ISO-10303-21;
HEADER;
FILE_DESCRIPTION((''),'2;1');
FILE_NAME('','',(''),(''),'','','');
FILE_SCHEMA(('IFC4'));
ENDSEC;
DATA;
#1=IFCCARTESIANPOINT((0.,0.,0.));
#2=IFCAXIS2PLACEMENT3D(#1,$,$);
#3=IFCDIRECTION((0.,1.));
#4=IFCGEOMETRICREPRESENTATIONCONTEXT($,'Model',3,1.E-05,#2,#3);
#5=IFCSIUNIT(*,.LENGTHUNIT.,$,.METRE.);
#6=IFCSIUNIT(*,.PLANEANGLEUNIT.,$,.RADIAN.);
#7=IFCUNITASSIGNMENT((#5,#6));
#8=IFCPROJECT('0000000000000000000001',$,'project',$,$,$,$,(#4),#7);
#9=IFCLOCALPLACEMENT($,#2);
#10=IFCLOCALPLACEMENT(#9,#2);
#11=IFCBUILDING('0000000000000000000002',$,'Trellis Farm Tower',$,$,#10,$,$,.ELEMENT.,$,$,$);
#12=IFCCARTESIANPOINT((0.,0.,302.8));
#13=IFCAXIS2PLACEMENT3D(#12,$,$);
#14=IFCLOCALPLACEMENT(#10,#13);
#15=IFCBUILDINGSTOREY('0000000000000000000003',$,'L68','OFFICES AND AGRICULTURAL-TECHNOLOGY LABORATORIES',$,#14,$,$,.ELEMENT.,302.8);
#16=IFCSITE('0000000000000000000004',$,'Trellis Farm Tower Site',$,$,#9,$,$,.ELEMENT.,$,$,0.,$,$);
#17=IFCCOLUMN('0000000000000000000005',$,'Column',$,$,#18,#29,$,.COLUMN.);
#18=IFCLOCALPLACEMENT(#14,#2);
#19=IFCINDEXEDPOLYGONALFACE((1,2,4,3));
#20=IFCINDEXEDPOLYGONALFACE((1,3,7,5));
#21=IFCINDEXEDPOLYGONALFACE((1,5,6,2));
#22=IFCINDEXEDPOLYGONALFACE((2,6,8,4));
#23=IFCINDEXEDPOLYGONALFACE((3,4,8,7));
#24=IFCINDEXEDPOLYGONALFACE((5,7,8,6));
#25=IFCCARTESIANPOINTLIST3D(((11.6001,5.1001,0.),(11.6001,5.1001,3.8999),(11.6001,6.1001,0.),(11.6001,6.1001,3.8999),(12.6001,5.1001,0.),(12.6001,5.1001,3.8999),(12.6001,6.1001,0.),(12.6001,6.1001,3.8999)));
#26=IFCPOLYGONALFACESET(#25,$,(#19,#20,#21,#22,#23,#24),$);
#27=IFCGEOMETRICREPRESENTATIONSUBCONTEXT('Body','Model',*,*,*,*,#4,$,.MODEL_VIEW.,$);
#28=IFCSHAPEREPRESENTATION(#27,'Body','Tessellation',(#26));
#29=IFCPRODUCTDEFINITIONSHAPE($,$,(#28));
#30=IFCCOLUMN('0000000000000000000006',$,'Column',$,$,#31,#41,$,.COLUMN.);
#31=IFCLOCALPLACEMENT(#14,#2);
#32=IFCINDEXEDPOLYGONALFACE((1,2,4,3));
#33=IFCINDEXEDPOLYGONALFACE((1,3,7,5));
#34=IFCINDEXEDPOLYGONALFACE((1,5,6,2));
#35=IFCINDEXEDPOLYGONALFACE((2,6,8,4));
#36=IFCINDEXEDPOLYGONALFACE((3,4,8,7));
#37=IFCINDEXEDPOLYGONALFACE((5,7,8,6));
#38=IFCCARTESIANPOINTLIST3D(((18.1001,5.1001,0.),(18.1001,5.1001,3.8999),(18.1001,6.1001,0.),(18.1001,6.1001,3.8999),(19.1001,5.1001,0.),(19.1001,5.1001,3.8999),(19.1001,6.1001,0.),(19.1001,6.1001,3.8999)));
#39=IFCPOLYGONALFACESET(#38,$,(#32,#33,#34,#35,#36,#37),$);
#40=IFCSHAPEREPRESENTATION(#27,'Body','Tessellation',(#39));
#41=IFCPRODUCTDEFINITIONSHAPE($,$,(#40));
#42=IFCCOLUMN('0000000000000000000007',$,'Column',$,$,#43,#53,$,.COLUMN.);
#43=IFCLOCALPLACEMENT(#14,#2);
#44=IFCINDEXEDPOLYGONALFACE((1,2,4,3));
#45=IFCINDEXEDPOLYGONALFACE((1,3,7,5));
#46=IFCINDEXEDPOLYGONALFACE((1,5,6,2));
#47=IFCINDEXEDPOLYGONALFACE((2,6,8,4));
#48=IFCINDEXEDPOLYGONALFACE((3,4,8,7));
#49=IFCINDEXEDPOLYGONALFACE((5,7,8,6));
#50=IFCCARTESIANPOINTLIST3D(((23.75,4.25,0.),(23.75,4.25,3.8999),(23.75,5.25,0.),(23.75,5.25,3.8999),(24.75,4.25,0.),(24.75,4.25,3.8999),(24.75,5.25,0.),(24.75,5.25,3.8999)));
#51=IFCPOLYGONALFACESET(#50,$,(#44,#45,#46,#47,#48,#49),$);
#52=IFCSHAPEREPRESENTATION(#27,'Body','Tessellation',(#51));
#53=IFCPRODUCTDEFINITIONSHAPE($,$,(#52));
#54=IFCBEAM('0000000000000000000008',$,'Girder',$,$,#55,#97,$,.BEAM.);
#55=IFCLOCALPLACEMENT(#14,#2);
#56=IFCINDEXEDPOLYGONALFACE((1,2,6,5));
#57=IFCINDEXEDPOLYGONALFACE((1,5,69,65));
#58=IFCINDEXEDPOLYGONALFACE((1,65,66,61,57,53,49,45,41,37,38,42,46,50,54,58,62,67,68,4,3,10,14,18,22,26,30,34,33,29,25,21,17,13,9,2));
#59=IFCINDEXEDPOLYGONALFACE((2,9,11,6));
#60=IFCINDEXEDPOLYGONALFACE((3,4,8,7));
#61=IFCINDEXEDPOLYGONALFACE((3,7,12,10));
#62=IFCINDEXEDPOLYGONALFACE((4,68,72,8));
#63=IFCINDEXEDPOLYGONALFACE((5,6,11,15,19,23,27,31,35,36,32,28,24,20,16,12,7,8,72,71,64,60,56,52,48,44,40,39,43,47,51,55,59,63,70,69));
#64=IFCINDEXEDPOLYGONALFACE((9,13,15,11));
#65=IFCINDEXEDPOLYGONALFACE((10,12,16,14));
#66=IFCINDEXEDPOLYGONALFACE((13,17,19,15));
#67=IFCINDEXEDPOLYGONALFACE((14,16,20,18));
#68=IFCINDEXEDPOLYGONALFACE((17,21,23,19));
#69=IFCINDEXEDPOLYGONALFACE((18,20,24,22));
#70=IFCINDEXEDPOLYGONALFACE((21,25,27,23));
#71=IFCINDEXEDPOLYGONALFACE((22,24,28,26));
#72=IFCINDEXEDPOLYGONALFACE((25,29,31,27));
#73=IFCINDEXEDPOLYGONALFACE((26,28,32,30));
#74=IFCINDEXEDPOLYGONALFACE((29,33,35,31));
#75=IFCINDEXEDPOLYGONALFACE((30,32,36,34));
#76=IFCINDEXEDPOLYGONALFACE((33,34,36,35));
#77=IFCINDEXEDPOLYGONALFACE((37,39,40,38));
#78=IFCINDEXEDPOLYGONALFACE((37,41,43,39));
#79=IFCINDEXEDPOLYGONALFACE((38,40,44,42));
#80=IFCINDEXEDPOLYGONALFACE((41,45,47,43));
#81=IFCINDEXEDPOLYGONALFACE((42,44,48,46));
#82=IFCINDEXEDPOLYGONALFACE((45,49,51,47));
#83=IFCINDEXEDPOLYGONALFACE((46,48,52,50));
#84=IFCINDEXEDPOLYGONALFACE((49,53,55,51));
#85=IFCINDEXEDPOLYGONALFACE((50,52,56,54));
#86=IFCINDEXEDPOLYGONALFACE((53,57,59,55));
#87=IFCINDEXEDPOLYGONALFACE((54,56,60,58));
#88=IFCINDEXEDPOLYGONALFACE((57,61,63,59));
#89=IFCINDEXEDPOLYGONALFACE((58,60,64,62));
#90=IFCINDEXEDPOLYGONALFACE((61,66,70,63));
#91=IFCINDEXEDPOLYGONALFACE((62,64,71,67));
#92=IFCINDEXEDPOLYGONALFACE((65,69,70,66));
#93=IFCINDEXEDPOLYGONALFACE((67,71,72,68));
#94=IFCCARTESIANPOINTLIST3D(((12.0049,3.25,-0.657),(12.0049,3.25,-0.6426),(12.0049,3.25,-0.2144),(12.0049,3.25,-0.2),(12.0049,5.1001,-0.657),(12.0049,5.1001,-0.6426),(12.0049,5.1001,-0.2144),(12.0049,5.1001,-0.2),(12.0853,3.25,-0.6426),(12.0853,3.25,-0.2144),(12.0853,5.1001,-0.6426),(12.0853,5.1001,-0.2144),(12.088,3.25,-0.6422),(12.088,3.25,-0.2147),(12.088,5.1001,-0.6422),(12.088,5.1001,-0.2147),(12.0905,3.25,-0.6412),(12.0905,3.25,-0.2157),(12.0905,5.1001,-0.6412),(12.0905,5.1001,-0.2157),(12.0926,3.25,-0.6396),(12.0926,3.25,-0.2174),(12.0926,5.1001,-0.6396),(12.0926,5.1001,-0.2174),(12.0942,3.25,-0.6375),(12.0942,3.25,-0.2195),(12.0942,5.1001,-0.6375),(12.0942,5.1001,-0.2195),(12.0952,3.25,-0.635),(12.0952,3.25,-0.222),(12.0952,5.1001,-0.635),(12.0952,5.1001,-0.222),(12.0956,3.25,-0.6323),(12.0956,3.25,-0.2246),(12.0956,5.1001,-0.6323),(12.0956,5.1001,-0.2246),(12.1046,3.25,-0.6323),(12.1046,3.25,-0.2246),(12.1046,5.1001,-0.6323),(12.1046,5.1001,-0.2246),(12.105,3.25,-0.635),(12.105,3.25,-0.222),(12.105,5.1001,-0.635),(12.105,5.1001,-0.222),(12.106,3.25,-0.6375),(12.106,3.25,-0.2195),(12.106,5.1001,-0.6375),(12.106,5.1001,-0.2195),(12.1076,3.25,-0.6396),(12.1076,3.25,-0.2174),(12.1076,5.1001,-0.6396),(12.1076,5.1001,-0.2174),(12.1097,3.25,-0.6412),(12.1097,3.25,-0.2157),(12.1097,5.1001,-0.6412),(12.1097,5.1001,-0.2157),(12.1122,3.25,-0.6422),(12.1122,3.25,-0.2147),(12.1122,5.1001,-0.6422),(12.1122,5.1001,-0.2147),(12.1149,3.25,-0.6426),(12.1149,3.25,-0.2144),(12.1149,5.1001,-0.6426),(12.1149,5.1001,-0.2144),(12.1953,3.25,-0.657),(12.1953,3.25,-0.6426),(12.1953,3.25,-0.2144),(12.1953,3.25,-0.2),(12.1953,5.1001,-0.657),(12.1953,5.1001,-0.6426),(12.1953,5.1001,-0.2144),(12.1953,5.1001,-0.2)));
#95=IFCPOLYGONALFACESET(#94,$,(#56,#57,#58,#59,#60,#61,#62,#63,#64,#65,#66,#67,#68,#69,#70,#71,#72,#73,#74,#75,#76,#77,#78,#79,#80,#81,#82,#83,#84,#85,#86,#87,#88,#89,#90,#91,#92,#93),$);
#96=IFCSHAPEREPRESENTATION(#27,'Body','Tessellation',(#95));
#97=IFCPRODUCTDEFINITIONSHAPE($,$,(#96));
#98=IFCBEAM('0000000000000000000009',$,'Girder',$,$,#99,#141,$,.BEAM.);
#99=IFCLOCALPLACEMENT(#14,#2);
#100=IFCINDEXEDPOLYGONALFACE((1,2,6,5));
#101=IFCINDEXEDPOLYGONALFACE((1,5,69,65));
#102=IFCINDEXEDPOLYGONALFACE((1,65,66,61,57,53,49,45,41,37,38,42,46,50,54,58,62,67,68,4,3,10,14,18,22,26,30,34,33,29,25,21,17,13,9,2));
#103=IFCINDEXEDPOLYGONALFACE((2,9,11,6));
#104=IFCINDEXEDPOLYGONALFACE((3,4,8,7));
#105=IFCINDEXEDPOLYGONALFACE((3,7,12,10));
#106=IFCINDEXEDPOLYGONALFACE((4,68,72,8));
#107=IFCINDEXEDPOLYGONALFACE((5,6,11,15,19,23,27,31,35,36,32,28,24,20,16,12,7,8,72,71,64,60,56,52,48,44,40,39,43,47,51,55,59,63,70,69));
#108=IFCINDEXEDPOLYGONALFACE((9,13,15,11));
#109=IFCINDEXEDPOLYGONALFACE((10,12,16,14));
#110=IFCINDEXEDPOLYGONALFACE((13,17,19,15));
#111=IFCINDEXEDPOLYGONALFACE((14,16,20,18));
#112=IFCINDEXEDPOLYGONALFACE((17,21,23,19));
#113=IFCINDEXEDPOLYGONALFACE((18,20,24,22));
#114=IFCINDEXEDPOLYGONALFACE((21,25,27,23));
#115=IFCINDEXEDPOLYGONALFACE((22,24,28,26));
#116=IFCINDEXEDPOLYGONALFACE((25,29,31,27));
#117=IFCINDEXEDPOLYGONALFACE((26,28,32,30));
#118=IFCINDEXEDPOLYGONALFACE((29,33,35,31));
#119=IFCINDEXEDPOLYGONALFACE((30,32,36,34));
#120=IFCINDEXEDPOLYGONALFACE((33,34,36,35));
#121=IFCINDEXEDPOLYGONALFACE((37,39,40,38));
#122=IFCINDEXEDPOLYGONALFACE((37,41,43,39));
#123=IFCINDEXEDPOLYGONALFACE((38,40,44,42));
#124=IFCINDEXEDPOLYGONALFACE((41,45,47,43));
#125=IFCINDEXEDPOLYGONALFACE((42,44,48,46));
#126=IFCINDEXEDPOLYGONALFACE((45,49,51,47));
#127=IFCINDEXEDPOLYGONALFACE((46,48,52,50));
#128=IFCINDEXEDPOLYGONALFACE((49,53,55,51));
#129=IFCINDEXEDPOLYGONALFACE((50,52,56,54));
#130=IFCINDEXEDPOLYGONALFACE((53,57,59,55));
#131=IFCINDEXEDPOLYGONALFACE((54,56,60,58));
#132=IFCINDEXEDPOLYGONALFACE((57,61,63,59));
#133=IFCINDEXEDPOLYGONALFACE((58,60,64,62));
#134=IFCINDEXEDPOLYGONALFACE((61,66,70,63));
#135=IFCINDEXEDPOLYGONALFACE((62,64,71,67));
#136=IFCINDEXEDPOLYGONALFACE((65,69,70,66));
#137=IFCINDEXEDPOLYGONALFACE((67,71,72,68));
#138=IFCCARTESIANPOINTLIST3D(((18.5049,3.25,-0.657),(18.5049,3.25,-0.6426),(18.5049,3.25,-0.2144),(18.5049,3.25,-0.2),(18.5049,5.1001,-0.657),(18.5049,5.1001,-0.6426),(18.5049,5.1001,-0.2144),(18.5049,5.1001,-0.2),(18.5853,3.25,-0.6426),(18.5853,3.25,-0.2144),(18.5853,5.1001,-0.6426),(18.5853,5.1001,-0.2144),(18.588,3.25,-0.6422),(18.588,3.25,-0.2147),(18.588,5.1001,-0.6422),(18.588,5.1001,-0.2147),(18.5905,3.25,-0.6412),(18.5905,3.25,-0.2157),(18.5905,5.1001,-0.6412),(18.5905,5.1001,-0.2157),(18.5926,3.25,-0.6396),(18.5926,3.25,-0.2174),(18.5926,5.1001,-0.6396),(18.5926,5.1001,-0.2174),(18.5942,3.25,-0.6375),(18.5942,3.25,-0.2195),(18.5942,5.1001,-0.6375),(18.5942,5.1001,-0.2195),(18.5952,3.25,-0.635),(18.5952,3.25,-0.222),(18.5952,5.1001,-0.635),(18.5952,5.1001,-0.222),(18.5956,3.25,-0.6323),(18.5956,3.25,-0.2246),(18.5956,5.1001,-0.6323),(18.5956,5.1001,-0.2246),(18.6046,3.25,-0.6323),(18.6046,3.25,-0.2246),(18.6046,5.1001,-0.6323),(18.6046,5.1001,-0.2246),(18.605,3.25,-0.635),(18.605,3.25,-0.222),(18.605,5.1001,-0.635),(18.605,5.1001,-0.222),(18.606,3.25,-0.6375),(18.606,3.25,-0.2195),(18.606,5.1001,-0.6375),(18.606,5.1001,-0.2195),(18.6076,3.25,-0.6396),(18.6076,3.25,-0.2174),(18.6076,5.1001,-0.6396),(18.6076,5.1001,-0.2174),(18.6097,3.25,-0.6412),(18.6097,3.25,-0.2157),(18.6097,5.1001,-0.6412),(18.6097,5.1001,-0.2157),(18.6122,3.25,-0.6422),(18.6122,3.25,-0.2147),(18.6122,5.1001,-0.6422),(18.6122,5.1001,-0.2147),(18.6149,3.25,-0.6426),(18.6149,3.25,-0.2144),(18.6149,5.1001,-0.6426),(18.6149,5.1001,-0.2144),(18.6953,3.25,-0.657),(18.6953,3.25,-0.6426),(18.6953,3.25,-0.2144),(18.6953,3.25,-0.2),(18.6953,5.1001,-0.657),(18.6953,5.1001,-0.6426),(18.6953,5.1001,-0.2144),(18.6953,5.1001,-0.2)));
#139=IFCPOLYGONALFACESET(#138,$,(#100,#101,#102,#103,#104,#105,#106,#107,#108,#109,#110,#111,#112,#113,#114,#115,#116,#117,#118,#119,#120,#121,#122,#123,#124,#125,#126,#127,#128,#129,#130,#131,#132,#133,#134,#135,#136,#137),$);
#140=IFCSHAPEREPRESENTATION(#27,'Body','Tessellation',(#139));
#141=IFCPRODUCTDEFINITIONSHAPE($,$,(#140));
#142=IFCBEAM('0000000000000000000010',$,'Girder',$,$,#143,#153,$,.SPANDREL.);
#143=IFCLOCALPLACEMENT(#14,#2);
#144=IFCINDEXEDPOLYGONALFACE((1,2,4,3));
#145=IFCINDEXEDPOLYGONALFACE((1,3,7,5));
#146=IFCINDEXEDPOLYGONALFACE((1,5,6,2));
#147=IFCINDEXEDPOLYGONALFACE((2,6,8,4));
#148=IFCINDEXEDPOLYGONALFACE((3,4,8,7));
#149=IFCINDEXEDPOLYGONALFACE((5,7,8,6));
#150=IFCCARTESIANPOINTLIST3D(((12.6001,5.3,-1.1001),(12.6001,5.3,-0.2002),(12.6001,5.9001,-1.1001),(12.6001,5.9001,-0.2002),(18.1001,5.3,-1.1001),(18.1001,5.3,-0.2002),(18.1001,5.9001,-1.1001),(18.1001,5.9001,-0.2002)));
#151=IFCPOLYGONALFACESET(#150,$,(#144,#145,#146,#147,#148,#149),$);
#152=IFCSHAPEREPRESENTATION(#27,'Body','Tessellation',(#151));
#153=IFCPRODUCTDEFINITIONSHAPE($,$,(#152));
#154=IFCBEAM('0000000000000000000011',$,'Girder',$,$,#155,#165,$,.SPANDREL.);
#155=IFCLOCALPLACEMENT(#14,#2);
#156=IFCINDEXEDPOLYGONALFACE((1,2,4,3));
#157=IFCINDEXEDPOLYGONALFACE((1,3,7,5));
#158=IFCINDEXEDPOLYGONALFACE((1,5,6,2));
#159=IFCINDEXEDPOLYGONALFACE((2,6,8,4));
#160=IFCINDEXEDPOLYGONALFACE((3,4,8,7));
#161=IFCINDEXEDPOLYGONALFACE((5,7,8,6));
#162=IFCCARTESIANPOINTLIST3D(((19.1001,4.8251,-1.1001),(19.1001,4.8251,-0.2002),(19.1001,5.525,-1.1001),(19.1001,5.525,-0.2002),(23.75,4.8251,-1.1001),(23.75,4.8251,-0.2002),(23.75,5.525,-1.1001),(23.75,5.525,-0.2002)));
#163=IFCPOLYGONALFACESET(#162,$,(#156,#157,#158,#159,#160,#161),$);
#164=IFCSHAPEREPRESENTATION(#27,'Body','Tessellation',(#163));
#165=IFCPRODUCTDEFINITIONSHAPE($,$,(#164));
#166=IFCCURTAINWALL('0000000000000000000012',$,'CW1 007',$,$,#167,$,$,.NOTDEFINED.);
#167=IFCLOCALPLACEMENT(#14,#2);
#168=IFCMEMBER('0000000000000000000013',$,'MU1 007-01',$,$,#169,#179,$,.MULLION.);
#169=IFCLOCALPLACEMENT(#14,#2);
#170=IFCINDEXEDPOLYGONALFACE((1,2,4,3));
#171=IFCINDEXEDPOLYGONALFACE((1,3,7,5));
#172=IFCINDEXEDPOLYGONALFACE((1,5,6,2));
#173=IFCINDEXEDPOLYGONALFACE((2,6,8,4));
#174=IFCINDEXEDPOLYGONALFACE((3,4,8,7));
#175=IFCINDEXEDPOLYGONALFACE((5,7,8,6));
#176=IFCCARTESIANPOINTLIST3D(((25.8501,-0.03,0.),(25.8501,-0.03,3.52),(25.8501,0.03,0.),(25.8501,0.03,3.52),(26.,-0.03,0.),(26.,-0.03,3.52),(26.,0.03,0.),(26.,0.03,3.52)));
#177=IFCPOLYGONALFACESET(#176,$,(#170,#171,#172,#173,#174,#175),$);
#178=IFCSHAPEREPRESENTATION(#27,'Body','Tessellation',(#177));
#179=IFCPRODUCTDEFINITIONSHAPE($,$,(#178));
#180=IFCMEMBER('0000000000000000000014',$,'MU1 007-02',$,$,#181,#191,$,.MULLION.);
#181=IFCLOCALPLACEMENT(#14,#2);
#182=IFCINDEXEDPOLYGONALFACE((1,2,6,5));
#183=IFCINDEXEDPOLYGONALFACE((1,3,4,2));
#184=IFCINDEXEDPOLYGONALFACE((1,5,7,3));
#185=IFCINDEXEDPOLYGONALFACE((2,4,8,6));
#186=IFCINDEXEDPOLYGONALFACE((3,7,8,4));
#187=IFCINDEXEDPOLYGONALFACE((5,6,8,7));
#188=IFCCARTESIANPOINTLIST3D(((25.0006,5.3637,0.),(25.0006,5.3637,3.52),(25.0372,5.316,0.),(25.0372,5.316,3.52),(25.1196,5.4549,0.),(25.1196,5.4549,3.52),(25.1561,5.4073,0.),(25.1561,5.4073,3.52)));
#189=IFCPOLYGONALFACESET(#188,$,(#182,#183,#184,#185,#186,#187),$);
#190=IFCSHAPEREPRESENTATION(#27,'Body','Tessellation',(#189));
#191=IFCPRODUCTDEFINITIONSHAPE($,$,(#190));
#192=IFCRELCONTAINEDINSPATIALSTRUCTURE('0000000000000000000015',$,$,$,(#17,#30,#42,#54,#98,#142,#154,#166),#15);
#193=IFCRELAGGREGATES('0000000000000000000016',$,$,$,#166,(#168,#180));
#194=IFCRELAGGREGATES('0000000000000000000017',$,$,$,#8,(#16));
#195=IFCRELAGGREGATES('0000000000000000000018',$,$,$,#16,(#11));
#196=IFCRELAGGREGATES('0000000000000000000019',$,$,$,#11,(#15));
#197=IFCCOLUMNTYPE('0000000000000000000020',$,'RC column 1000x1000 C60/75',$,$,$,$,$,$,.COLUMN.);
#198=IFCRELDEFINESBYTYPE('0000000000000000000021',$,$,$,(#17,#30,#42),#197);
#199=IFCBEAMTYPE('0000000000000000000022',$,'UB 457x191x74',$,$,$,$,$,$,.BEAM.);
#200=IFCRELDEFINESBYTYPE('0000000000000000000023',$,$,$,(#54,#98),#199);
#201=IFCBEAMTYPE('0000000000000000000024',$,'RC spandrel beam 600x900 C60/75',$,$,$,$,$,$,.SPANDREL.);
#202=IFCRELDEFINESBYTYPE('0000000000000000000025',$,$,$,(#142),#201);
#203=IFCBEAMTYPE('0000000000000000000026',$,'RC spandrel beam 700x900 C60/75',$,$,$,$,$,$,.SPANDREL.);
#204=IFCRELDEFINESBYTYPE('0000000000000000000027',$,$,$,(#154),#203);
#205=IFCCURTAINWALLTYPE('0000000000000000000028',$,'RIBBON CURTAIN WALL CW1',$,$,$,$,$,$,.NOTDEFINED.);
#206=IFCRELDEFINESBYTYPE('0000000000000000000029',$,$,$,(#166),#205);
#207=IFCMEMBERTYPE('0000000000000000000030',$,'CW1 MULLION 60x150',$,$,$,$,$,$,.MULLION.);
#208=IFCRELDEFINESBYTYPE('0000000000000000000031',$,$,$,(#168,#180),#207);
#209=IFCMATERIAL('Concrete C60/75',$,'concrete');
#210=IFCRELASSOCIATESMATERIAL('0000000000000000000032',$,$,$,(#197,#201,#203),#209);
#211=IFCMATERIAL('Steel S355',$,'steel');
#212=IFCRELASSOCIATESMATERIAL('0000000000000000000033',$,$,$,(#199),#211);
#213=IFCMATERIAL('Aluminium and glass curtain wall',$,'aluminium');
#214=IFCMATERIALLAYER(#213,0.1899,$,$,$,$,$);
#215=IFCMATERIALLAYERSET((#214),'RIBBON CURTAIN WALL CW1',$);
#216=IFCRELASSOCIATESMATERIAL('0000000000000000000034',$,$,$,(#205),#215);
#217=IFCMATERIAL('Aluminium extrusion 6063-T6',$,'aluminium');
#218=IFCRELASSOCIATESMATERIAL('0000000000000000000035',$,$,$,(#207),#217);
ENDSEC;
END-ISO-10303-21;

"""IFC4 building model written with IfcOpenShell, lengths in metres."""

from ifc_helpers import new_model, si_unit, direction, frame, origin, origin_2d, place, context, subcontext, project, spatial, rectangle, i_section, extrude, source, transform, mapped, material, layer, layer_set, material_profile, profile_set, type_object, element, aggregate, save


model = new_model("IFC4")

# Units and contexts
model_context = context("Model", 3, precision=1e-05, world=origin(), true_north=direction((0.0, 1.0)))
body_context = subcontext(model_context, "Body", "Model", "MODEL_VIEW")
ifc_project = project(units=[si_unit("LENGTHUNIT", "METRE"), si_unit("PLANEANGLEUNIT", "RADIAN")], contexts=[model_context])

# Site, building, storey
site_placement = place(None, origin())
site = spatial("IfcSite", under=ifc_project, at=site_placement, Name="Trellis Farm Tower Site", CompositionType="ELEMENT", RefElevation=0.0)
building_placement = place(site_placement, origin())
building = spatial("IfcBuilding", under=site, at=building_placement, Name="Trellis Farm Tower", CompositionType="ELEMENT")
storey_placement = place(building_placement, frame((0.0, 0.0, 302.8)))
storey = spatial("IfcBuildingStorey", under=building, at=storey_placement, Name="L68", Description="OFFICES AND AGRICULTURAL-TECHNOLOGY LABORATORIES", CompositionType="ELEMENT", Elevation=302.8)

# Columns
ifc_material_1 = material(Name="Concrete C60/75", Category="concrete")
ifc_material_profile_1 = material_profile(ifc_material_1, rectangle(XDim=1.0, YDim=1.0, at=origin_2d()), Name="RC column 1000x1000 C60/75")
ifc_profile_set_1 = profile_set([ifc_material_profile_1], Name="Concrete C60/75")
column_type = type_object("IfcColumnType", Name="RC column 1000x1000 C60/75", PredefinedType="COLUMN", material=ifc_profile_set_1)
shared_shape_1 = source(origin(), body_context, "Body", "SweptSolid", [
    extrude(rectangle(XDim=1.0, YDim=1.0, at=origin_2d()), origin(), (0.0, 0.0, 1.0), 3.8999),
])
for number, where, z_axis, x_axis, name in (
    (1, (12.1001, 5.6001, 0.0), (0.0, 0.0, 1.0), (1.0, 0.0, 0.0), "Column"),
    (2, (18.6001, 5.6001, 0.0), (0.0, 0.0, 1.0), (1.0, 0.0, 0.0), "Column"),
    (3, (24.25, 4.75, 0.0), (0.0, 0.0, 1.0), (1.0, 0.0, 0.0), "Column"),
):
    element("IfcColumn", number, at=place(storey_placement, frame(where, z_axis=z_axis, x_axis=x_axis)), inside=storey, type_object=column_type, Name=name, PredefinedType="COLUMN", context=body_context, shape_type="MappedRepresentation", body=[
        mapped(shared_shape_1, transform((0.0, 0.0, 0.0))),
    ])

# Beams
ifc_material_2 = material(Name="Steel S355", Category="steel")
ifc_material_profile_2 = material_profile(ifc_material_2, i_section(OverallWidth=0.1904, OverallDepth=0.457, WebThickness=0.009, FlangeThickness=0.0144, FilletRadius=0.0103, at=origin_2d()), Name="UB 457x191x74")
ifc_profile_set_2 = profile_set([ifc_material_profile_2], Name="Steel S355")
beam_type_1 = type_object("IfcBeamType", Name="UB 457x191x74", PredefinedType="BEAM", material=ifc_profile_set_2)
shared_shape_2 = source(origin(), body_context, "Body", "SweptSolid", [
    extrude(i_section(OverallWidth=0.1904, OverallDepth=0.457, WebThickness=0.009, FlangeThickness=0.0144, FilletRadius=0.0103, at=origin_2d()), origin(), (0.0, 0.0, 1.0), 1.8501),
])
for number, where, z_axis, x_axis, name in (
    (4, (12.1001, 3.25, -0.4285), (0.0, 1.0, 0.0), (-1.0, 0.0, 0.0), "Girder"),
    (5, (18.6001, 3.25, -0.4285), (0.0, 1.0, 0.0), (-1.0, 0.0, 0.0), "Girder"),
):
    element("IfcBeam", number, at=place(storey_placement, frame(where, z_axis=z_axis, x_axis=x_axis)), inside=storey, type_object=beam_type_1, Name=name, PredefinedType="BEAM", context=body_context, shape_type="MappedRepresentation", body=[
        mapped(shared_shape_2, transform((0.0, 0.0, 0.0))),
    ])
ifc_material_profile_3 = material_profile(ifc_material_1, rectangle(XDim=0.6001, YDim=0.8999, at=origin_2d()), Name="RC spandrel beam 600x900 C60/75")
ifc_profile_set_3 = profile_set([ifc_material_profile_3], Name="Concrete C60/75")
beam_type_2 = type_object("IfcBeamType", Name="RC spandrel beam 600x900 C60/75", PredefinedType="SPANDREL", material=ifc_profile_set_3)
shared_shape_3 = source(origin(), body_context, "Body", "SweptSolid", [
    extrude(rectangle(XDim=0.6001, YDim=0.8999, at=origin_2d()), origin(), (0.0, 0.0, 1.0), 5.5),
])
beam_1_placement = place(storey_placement, frame((12.6001, 5.6001, -0.6501), z_axis=(1.0, 0.0, 0.0), x_axis=(0.0, 1.0, 0.0)))
element("IfcBeam", 6, at=beam_1_placement, inside=storey, type_object=beam_type_2, Name="Girder", PredefinedType="SPANDREL", context=body_context, shape_type="MappedRepresentation", body=[
    mapped(shared_shape_3, transform((0.0, 0.0, 0.0))),
])
ifc_material_profile_4 = material_profile(ifc_material_1, rectangle(XDim=0.7, YDim=0.8999, at=origin_2d()), Name="RC spandrel beam 700x900 C60/75")
ifc_profile_set_4 = profile_set([ifc_material_profile_4], Name="Concrete C60/75")
beam_type_3 = type_object("IfcBeamType", Name="RC spandrel beam 700x900 C60/75", PredefinedType="SPANDREL", material=ifc_profile_set_4)
shared_shape_4 = source(origin(), body_context, "Body", "SweptSolid", [
    extrude(rectangle(XDim=0.7, YDim=0.8999, at=origin_2d()), origin(), (0.0, 0.0, 1.0), 4.6499),
])
beam_2_placement = place(storey_placement, frame((19.1001, 5.175, -0.6501), z_axis=(1.0, 0.0, 0.0), x_axis=(0.0, 1.0, 0.0)))
element("IfcBeam", 7, at=beam_2_placement, inside=storey, type_object=beam_type_3, Name="Girder", PredefinedType="SPANDREL", context=body_context, shape_type="MappedRepresentation", body=[
    mapped(shared_shape_4, transform((0.0, 0.0, 0.0))),
])

# Curtain wall, members
ifc_material_3 = material(Name="Aluminium and glass curtain wall", Category="aluminium")
ifc_layer_1 = layer(ifc_material_3, 0.1899)
ifc_layer_set_1 = layer_set([ifc_layer_1], Name="RIBBON CURTAIN WALL CW1")
curtain_wall_type = type_object("IfcCurtainWallType", Name="RIBBON CURTAIN WALL CW1", PredefinedType="NOTDEFINED", material=ifc_layer_set_1)
placement = place(storey_placement, origin())
curtain_wall_1 = element("IfcCurtainWall", 8, at=placement, inside=storey, type_object=curtain_wall_type, Name="CW1 007", PredefinedType="NOTDEFINED")
ifc_material_4 = material(Name="Aluminium extrusion 6063-T6", Category="aluminium")
ifc_material_profile_5 = material_profile(ifc_material_4, rectangle(XDim=0.0601, YDim=0.1499, at=origin_2d()), Name="MULLION 60x150")
ifc_profile_set_5 = profile_set([ifc_material_profile_5], Name="Aluminium extrusion 6063-T6")
member_type = type_object("IfcMemberType", Name="CW1 MULLION 60x150", PredefinedType="MULLION", material=ifc_profile_set_5)
shared_shape_5 = source(origin(), body_context, "Body", "SweptSolid", [
    extrude(rectangle(XDim=0.0601, YDim=0.1499, at=origin_2d()), origin(), (0.0, 0.0, 1.0), 3.52),
])
member_1_placement = place(storey_placement, frame((25.925, 0.0, 0.0), z_axis=(0.0, 0.0, 1.0), x_axis=(0.0, 1.0, 0.0)))
member_1 = element("IfcMember", 9, at=member_1_placement, type_object=member_type, Name="MU1 007-01", PredefinedType="MULLION", context=body_context, shape_type="MappedRepresentation", body=[
    mapped(shared_shape_5, transform((0.0, 0.0, 0.0))),
])
member_2_placement = place(storey_placement, frame((25.0784, 5.3855, 0.0), z_axis=(0.0, 0.0, 1.0), x_axis=(-0.608761, 0.793353, 0.0)))
member_2 = element("IfcMember", 10, at=member_2_placement, type_object=member_type, Name="MU1 007-02", PredefinedType="MULLION", context=body_context, shape_type="MappedRepresentation", body=[
    mapped(shared_shape_5, transform((0.0, 0.0, 0.0))),
])
aggregate(curtain_wall_1, [member_1, member_2])

save(model, "model.ifc")
